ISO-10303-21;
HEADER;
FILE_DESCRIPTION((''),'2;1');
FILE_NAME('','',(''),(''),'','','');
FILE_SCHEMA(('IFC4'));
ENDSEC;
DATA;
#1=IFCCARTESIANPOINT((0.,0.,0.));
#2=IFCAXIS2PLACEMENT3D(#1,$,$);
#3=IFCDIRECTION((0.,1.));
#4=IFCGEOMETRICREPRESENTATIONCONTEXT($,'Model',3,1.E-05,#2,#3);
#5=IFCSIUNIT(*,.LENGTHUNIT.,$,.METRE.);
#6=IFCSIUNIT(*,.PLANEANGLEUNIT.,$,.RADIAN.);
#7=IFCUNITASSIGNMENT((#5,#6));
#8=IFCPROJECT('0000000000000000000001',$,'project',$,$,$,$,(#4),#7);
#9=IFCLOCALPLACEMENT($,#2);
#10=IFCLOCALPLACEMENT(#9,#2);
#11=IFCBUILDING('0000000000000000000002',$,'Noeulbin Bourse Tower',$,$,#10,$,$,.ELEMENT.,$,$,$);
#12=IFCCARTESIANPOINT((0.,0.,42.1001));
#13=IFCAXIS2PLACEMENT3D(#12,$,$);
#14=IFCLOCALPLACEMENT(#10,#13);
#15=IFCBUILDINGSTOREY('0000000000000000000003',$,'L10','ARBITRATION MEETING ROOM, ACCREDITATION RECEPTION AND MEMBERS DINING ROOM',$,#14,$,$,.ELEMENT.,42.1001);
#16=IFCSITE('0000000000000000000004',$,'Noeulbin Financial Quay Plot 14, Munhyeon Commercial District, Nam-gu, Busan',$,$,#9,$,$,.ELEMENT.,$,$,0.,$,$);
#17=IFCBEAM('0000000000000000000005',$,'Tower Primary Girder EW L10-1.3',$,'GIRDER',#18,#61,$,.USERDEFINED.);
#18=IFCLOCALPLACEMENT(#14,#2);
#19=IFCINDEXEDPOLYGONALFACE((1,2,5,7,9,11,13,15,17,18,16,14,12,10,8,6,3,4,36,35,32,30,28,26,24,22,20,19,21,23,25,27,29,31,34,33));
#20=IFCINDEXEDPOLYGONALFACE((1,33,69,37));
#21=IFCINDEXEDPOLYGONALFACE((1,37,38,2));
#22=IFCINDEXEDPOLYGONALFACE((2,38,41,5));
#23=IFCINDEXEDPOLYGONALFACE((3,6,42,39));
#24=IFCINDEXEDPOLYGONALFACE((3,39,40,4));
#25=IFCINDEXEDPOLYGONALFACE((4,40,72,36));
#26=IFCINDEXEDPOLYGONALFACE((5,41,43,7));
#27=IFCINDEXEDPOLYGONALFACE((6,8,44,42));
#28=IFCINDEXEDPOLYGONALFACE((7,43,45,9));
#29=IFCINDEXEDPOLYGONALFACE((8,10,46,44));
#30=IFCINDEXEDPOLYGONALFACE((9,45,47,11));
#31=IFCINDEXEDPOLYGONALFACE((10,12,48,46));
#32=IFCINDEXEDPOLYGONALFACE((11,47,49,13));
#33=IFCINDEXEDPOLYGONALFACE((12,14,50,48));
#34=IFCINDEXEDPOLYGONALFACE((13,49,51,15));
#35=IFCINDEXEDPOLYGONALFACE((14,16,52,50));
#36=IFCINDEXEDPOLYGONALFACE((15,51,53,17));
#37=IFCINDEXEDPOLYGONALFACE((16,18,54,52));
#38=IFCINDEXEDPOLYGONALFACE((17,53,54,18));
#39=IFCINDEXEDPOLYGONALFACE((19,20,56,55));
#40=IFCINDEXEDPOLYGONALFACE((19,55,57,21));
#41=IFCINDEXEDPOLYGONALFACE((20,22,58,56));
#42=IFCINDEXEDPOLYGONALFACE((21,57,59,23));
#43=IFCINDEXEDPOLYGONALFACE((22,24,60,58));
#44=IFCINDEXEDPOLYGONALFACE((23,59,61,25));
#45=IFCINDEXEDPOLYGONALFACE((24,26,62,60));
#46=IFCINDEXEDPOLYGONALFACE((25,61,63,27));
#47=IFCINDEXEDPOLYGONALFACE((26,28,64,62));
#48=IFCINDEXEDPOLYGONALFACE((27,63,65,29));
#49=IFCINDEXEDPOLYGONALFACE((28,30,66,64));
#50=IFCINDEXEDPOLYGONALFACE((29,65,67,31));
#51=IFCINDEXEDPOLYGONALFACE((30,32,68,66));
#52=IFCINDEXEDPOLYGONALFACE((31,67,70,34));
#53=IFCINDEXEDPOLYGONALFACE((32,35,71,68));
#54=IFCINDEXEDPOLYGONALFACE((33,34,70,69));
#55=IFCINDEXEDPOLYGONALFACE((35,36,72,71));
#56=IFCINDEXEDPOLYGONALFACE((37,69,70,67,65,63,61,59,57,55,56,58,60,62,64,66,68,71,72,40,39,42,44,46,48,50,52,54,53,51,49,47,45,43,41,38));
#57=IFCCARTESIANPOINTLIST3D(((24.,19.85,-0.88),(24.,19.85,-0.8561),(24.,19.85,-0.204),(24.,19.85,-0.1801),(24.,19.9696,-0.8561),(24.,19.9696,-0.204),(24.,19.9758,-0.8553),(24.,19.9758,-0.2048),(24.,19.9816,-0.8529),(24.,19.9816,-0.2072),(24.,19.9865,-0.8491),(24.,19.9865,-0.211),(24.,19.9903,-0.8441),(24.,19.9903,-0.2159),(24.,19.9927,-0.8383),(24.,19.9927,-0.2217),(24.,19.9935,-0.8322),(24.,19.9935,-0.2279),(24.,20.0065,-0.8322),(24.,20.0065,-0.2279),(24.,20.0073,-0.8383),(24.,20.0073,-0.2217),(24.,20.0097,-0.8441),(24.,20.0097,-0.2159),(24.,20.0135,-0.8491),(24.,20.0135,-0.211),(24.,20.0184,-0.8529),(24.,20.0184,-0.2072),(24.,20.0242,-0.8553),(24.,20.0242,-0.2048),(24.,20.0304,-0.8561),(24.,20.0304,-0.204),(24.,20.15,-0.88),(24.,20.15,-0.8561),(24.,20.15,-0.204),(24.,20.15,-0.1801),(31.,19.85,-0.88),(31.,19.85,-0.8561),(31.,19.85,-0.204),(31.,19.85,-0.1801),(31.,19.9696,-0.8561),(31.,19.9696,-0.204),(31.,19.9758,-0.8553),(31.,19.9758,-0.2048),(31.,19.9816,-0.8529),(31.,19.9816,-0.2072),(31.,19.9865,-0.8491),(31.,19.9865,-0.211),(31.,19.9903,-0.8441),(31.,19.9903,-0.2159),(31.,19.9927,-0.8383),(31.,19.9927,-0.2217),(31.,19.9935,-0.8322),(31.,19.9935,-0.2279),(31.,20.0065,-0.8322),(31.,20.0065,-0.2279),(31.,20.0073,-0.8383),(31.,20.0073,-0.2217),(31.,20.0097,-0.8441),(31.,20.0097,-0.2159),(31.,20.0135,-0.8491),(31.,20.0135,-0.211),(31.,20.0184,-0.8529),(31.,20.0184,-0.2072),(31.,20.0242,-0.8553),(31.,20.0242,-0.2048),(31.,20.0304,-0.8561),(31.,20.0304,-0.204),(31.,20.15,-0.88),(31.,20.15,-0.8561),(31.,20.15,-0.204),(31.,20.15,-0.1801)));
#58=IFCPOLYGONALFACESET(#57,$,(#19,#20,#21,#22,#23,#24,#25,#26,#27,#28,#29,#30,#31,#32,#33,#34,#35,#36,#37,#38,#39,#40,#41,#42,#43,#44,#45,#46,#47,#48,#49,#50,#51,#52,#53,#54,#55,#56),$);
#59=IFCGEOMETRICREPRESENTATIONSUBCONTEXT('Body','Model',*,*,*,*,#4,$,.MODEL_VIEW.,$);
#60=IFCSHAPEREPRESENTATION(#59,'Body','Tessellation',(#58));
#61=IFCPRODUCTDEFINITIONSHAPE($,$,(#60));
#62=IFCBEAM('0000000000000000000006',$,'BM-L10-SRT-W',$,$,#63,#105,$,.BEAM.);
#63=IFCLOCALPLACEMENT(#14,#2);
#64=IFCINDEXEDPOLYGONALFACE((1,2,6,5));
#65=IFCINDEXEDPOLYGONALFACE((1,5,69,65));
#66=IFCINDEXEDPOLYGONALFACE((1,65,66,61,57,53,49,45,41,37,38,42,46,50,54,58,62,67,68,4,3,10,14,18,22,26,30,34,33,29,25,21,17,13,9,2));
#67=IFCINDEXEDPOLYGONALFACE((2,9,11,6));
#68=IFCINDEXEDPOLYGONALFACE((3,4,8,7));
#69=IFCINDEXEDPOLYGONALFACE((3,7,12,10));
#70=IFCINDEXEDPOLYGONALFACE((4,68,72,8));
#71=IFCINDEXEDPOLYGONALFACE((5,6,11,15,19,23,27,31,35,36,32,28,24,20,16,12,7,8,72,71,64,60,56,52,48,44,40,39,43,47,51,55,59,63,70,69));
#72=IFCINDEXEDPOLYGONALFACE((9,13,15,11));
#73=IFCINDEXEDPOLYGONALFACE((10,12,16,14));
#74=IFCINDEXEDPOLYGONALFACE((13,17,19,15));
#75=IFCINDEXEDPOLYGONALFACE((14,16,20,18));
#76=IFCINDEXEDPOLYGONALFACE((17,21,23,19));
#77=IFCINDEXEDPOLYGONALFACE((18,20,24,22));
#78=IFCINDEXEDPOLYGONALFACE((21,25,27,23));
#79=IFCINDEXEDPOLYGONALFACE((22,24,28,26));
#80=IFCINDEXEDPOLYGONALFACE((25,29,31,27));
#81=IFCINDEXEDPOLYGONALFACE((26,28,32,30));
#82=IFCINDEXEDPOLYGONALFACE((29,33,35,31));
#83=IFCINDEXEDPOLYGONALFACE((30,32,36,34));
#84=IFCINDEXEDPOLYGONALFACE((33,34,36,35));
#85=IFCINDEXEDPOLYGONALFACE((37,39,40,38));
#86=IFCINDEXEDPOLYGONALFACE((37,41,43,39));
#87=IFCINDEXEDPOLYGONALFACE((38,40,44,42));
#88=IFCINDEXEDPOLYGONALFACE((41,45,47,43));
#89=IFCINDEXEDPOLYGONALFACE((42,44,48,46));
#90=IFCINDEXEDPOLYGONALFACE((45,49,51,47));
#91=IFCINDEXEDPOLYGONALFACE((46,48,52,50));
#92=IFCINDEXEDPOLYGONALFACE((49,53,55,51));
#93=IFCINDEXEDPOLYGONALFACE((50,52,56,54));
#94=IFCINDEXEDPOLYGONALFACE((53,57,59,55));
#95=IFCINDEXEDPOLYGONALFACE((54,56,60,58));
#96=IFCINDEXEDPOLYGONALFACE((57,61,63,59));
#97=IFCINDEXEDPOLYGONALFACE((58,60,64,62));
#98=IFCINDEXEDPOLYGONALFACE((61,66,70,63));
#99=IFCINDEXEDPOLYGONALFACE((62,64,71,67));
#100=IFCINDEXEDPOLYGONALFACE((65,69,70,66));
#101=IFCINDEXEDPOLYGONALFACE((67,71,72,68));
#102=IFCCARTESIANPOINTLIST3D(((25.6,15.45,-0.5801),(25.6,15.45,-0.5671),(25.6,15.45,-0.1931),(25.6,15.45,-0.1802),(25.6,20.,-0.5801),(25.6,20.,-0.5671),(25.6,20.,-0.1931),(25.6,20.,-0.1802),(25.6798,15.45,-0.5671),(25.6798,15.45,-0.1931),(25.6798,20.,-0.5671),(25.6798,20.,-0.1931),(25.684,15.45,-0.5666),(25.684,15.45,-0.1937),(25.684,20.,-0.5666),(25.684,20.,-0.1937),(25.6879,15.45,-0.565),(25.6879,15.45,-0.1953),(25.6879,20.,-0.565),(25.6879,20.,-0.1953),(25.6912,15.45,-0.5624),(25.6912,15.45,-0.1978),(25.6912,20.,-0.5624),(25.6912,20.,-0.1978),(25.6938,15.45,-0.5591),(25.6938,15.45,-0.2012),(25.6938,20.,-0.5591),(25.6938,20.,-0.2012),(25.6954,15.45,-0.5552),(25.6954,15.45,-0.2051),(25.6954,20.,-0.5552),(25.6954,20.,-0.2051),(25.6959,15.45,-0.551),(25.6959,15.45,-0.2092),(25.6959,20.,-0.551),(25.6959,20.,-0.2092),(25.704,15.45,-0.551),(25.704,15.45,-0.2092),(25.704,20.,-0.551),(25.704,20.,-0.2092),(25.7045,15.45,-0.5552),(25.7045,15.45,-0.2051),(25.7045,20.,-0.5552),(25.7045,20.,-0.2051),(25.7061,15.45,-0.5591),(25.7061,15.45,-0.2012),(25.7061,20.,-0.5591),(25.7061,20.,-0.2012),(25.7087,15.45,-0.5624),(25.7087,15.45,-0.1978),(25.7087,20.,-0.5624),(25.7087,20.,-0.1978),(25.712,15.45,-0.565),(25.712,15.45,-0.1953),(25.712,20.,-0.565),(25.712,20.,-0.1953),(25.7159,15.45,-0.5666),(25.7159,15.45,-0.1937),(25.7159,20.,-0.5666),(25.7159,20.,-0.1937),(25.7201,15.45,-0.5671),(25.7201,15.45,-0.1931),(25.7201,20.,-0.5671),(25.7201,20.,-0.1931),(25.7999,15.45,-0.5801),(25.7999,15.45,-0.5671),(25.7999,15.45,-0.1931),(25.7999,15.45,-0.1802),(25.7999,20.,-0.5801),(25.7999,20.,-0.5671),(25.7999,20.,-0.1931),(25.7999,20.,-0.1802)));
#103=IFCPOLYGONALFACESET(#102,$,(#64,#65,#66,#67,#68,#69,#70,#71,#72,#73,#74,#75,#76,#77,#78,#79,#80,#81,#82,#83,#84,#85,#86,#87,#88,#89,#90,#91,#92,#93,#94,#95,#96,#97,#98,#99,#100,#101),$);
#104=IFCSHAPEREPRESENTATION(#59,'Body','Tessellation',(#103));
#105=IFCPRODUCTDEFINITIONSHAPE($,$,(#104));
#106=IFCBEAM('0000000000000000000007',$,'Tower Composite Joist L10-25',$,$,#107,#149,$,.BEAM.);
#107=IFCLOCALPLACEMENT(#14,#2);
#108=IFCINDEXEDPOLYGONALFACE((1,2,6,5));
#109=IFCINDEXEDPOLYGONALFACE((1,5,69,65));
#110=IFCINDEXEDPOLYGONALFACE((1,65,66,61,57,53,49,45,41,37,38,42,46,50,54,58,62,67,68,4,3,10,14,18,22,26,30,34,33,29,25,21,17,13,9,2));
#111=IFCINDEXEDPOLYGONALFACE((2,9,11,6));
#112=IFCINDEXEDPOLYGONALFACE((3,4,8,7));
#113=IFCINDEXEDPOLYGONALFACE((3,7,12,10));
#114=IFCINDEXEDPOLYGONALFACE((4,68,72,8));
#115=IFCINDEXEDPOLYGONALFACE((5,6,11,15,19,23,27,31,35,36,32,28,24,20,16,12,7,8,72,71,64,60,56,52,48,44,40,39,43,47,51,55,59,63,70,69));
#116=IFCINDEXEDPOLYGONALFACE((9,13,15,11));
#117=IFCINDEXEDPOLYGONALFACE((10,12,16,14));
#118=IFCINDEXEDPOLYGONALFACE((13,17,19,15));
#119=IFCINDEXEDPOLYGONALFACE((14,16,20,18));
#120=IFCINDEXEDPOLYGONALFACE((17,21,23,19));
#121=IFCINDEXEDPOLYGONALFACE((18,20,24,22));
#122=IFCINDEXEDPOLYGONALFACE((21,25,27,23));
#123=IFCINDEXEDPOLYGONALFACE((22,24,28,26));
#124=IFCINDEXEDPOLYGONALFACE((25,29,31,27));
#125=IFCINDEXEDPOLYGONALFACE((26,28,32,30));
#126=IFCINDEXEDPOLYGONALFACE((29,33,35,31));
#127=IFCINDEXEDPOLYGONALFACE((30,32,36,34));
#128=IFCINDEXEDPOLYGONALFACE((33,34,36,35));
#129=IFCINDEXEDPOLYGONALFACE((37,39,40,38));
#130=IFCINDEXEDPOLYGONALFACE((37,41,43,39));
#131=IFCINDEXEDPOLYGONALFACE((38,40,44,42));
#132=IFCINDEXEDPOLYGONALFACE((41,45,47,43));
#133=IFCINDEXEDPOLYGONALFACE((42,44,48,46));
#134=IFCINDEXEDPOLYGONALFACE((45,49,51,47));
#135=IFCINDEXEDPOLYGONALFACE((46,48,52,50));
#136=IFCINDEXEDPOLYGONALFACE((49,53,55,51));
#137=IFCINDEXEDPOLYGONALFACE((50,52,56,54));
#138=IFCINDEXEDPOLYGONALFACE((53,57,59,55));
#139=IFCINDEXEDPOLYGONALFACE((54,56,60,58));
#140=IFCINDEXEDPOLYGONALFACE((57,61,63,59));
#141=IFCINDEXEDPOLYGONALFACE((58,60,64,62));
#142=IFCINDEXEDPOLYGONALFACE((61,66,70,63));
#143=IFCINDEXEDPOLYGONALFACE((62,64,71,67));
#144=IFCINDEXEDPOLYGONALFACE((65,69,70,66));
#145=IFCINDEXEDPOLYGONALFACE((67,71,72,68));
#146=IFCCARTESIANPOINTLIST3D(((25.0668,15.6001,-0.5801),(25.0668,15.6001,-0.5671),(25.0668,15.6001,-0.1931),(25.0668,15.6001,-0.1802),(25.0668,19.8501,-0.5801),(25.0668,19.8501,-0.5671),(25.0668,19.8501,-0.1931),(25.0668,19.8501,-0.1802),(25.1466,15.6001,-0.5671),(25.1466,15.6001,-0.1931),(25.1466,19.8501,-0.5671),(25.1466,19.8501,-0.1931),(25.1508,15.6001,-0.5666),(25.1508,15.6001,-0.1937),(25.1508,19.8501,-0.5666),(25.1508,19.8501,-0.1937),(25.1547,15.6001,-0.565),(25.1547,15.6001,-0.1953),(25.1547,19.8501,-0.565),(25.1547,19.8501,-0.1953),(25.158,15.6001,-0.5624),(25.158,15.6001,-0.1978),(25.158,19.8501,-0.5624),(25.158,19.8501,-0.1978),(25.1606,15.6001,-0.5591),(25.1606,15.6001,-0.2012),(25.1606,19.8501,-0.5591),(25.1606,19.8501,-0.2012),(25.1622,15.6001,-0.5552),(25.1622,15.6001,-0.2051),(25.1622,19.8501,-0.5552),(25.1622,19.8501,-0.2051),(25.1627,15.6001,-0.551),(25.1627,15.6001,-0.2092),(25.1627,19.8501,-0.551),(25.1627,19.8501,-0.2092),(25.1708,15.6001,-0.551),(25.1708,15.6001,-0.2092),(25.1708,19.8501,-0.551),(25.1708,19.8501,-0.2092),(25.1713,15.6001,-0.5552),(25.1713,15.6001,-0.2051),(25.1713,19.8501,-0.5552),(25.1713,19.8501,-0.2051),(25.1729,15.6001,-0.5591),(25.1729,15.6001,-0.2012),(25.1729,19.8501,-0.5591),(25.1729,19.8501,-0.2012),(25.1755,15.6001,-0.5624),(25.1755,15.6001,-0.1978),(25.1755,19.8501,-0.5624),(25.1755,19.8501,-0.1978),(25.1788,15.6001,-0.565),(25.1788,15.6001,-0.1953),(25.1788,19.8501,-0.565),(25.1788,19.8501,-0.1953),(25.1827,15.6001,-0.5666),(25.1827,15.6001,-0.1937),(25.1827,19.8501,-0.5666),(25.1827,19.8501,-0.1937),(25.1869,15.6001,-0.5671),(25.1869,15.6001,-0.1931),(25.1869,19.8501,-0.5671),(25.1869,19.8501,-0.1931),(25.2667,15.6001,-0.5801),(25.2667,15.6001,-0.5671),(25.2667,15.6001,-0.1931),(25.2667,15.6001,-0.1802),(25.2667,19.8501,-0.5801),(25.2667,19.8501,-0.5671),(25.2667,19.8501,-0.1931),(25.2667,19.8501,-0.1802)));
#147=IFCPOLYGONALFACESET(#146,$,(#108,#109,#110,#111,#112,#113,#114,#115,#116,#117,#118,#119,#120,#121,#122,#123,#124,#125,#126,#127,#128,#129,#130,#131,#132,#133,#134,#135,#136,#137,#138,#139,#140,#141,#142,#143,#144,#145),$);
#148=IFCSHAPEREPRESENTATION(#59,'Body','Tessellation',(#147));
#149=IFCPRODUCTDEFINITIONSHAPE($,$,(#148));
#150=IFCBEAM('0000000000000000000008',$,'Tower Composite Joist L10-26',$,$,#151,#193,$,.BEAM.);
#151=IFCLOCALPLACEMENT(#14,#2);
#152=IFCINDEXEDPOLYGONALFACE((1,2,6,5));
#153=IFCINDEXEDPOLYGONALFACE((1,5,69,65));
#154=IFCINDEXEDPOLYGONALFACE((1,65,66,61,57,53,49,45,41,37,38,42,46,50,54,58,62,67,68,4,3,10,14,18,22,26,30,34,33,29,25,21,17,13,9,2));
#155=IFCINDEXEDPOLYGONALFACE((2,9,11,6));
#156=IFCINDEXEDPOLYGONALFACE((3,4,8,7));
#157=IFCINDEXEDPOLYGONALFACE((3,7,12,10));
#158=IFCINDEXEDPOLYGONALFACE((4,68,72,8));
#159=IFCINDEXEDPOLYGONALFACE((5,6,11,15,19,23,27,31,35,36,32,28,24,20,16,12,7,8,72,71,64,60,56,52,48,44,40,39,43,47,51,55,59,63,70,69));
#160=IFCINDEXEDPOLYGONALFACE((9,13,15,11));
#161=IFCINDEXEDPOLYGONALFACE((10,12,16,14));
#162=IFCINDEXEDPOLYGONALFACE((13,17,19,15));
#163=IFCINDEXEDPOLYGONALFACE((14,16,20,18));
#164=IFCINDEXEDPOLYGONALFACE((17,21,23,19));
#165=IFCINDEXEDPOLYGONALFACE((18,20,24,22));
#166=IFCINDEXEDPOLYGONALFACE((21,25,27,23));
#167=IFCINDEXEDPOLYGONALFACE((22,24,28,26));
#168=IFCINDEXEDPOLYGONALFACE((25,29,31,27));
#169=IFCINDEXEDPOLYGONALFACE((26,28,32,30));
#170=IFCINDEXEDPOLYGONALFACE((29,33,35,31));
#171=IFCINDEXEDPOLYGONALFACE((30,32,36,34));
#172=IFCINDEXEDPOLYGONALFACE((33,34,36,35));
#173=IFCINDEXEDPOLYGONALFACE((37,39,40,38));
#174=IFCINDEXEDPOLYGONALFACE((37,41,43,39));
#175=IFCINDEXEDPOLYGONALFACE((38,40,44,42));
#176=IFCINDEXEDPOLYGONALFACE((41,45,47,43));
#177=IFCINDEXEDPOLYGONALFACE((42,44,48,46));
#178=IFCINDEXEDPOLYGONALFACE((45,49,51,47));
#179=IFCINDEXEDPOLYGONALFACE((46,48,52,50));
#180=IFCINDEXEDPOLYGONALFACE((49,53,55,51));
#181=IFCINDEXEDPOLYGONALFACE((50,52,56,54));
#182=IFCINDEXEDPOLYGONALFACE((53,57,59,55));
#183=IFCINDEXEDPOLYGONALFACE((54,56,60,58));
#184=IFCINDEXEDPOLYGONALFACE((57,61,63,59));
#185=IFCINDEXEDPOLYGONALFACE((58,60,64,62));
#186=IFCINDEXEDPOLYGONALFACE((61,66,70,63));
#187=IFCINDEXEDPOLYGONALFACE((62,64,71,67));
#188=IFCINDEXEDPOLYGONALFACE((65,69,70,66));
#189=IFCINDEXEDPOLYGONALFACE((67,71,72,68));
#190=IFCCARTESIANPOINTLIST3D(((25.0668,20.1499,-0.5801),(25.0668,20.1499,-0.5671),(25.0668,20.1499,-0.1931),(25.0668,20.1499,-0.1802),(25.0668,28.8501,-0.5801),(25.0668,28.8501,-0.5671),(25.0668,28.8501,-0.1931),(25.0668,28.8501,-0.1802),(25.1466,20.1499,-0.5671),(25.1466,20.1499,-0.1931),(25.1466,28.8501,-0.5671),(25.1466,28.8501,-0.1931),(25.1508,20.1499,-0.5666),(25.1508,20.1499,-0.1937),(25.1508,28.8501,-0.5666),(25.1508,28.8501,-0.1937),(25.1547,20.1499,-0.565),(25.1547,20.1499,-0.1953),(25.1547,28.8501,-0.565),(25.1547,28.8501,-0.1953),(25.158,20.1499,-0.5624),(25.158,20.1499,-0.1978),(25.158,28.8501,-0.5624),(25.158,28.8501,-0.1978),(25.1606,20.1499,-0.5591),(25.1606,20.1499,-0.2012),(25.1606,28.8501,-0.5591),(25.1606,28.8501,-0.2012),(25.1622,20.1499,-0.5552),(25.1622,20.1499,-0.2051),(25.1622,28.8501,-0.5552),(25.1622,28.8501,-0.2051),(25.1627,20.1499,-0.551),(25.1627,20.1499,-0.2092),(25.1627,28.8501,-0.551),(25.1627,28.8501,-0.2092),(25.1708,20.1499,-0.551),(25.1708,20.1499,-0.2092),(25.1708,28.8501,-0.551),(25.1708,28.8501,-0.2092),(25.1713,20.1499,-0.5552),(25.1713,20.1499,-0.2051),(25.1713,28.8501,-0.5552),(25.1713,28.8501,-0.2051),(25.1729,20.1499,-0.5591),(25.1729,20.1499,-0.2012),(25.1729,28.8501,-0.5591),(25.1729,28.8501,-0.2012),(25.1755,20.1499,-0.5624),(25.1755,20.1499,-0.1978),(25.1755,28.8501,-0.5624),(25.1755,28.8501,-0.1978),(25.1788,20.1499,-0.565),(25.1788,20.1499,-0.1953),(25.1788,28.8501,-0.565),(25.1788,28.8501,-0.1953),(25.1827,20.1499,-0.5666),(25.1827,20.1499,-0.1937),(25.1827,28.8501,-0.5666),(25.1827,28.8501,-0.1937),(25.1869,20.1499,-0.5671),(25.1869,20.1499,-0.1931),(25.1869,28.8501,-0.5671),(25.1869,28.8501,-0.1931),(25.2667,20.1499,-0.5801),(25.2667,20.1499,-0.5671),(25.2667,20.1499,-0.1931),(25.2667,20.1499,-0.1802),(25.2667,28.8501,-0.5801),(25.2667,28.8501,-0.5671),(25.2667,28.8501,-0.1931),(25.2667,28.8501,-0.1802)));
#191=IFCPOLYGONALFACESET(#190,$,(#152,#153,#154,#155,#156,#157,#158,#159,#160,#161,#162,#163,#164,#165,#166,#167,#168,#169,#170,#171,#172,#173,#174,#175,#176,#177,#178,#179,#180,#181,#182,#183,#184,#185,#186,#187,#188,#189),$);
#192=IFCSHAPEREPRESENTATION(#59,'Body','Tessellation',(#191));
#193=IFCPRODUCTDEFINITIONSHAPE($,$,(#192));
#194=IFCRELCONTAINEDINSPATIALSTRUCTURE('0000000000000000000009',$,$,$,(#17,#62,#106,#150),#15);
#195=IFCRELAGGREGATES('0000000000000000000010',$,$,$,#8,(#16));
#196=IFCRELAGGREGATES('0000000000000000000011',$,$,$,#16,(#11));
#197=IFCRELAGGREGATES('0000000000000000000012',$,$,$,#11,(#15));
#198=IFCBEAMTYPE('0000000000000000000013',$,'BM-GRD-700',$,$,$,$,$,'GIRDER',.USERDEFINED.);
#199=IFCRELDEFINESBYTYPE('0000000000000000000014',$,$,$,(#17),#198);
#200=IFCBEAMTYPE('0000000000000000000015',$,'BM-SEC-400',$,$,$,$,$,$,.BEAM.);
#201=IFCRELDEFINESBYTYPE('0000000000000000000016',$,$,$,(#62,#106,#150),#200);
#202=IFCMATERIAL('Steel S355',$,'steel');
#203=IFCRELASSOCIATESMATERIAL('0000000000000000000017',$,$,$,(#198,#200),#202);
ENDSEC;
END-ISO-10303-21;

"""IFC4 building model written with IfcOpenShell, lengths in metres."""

from ifc_helpers import new_model, si_unit, direction, frame, origin, origin_2d, place, context, subcontext, project, spatial, i_section, extrude, material, material_profile, profile_set, type_object, element, save


model = new_model("IFC4")

# Units and contexts
model_context = context("Model", 3, precision=1e-05, world=origin(), true_north=direction((0.0, 1.0)))
body_context = subcontext(model_context, "Body", "Model", "MODEL_VIEW")
ifc_project = project(units=[si_unit("LENGTHUNIT", "METRE"), si_unit("PLANEANGLEUNIT", "RADIAN")], contexts=[model_context])

# Site, building, storey
site_placement = place(None, origin())
site = spatial("IfcSite", under=ifc_project, at=site_placement, Name="Noeulbin Financial Quay Plot 14, Munhyeon Commercial District, Nam-gu, Busan", CompositionType="ELEMENT", RefElevation=0.0)
building_placement = place(site_placement, origin())
building = spatial("IfcBuilding", under=site, at=building_placement, Name="Noeulbin Bourse Tower", CompositionType="ELEMENT")
storey_placement = place(building_placement, frame((0.0, 0.0, 42.1001)))
storey = spatial("IfcBuildingStorey", under=building, at=storey_placement, Name="L10", Description="ARBITRATION MEETING ROOM, ACCREDITATION RECEPTION AND MEMBERS DINING ROOM", CompositionType="ELEMENT", Elevation=42.1001)

# Beams
ifc_material_1 = material(Name="Steel S355", Category="steel")
ifc_material_profile_1 = material_profile(ifc_material_1, i_section(OverallWidth=0.3, OverallDepth=0.7, WebThickness=0.0129, FlangeThickness=0.0239, FilletRadius=0.0239, at=origin_2d()), Name="H-700x300x13x24", Category="LoadBearing")
ifc_profile_set_1 = profile_set([ifc_material_profile_1], Name="Steel S355")
beam_type_1 = type_object("IfcBeamType", Name="BM-GRD-700", ElementType="GIRDER", PredefinedType="USERDEFINED", material=ifc_profile_set_1)
beam_1_placement = place(storey_placement, frame((24.0, 20.0, -0.53), z_axis=(1.0, 0.0, 0.0), x_axis=(0.0, 1.0, 0.0)))
element("IfcBeam", 1, at=beam_1_placement, inside=storey, type_object=beam_type_1, Name="Tower Primary Girder EW L10-1.3", ObjectType="GIRDER", PredefinedType="USERDEFINED", context=body_context, shape_type="SweptSolid", body=[
    extrude(i_section(OverallWidth=0.3, OverallDepth=0.7, WebThickness=0.0129, FlangeThickness=0.0239, FilletRadius=0.0239, at=origin_2d()), origin(), (0.0, 0.0, 1.0), 7.0),
])
ifc_material_profile_2 = material_profile(ifc_material_1, i_section(OverallWidth=0.2, OverallDepth=0.3999, WebThickness=0.0081, FlangeThickness=0.0129, FilletRadius=0.0161, at=origin_2d()), Name="H-400x200x8x13", Category="LoadBearing")
ifc_profile_set_2 = profile_set([ifc_material_profile_2], Name="Steel S355")
beam_type_2 = type_object("IfcBeamType", Name="BM-SEC-400", PredefinedType="BEAM", material=ifc_profile_set_2)
beam_2_placement = place(storey_placement, frame((25.7, 15.45, -0.3801), z_axis=(0.0, 1.0, 0.0), x_axis=(-1.0, 0.0, 0.0)))
element("IfcBeam", 2, at=beam_2_placement, inside=storey, type_object=beam_type_2, Name="BM-L10-SRT-W", PredefinedType="BEAM", context=body_context, shape_type="SweptSolid", body=[
    extrude(i_section(OverallWidth=0.2, OverallDepth=0.3999, WebThickness=0.0081, FlangeThickness=0.0129, FilletRadius=0.0161, at=origin_2d()), origin(), (0.0, 0.0, 1.0), 4.55),
])
beam_3_placement = place(storey_placement, frame((25.1667, 15.6001, -0.3801), z_axis=(0.0, 1.0, 0.0), x_axis=(-1.0, 0.0, 0.0)))
element("IfcBeam", 3, at=beam_3_placement, inside=storey, type_object=beam_type_2, Name="Tower Composite Joist L10-25", PredefinedType="BEAM", context=body_context, shape_type="SweptSolid", body=[
    extrude(i_section(OverallWidth=0.2, OverallDepth=0.3999, WebThickness=0.0081, FlangeThickness=0.0129, FilletRadius=0.0161, at=origin_2d()), origin(), (0.0, 0.0, 1.0), 4.25),
])
beam_4_placement = place(storey_placement, frame((25.1667, 20.1499, -0.3801), z_axis=(0.0, 1.0, 0.0), x_axis=(-1.0, 0.0, 0.0)))
element("IfcBeam", 4, at=beam_4_placement, inside=storey, type_object=beam_type_2, Name="Tower Composite Joist L10-26", PredefinedType="BEAM", context=body_context, shape_type="SweptSolid", body=[
    extrude(i_section(OverallWidth=0.2, OverallDepth=0.3999, WebThickness=0.0081, FlangeThickness=0.0129, FilletRadius=0.0161, at=origin_2d()), origin(), (0.0, 0.0, 1.0), 8.7002),
])

save(model, "model.ifc")
